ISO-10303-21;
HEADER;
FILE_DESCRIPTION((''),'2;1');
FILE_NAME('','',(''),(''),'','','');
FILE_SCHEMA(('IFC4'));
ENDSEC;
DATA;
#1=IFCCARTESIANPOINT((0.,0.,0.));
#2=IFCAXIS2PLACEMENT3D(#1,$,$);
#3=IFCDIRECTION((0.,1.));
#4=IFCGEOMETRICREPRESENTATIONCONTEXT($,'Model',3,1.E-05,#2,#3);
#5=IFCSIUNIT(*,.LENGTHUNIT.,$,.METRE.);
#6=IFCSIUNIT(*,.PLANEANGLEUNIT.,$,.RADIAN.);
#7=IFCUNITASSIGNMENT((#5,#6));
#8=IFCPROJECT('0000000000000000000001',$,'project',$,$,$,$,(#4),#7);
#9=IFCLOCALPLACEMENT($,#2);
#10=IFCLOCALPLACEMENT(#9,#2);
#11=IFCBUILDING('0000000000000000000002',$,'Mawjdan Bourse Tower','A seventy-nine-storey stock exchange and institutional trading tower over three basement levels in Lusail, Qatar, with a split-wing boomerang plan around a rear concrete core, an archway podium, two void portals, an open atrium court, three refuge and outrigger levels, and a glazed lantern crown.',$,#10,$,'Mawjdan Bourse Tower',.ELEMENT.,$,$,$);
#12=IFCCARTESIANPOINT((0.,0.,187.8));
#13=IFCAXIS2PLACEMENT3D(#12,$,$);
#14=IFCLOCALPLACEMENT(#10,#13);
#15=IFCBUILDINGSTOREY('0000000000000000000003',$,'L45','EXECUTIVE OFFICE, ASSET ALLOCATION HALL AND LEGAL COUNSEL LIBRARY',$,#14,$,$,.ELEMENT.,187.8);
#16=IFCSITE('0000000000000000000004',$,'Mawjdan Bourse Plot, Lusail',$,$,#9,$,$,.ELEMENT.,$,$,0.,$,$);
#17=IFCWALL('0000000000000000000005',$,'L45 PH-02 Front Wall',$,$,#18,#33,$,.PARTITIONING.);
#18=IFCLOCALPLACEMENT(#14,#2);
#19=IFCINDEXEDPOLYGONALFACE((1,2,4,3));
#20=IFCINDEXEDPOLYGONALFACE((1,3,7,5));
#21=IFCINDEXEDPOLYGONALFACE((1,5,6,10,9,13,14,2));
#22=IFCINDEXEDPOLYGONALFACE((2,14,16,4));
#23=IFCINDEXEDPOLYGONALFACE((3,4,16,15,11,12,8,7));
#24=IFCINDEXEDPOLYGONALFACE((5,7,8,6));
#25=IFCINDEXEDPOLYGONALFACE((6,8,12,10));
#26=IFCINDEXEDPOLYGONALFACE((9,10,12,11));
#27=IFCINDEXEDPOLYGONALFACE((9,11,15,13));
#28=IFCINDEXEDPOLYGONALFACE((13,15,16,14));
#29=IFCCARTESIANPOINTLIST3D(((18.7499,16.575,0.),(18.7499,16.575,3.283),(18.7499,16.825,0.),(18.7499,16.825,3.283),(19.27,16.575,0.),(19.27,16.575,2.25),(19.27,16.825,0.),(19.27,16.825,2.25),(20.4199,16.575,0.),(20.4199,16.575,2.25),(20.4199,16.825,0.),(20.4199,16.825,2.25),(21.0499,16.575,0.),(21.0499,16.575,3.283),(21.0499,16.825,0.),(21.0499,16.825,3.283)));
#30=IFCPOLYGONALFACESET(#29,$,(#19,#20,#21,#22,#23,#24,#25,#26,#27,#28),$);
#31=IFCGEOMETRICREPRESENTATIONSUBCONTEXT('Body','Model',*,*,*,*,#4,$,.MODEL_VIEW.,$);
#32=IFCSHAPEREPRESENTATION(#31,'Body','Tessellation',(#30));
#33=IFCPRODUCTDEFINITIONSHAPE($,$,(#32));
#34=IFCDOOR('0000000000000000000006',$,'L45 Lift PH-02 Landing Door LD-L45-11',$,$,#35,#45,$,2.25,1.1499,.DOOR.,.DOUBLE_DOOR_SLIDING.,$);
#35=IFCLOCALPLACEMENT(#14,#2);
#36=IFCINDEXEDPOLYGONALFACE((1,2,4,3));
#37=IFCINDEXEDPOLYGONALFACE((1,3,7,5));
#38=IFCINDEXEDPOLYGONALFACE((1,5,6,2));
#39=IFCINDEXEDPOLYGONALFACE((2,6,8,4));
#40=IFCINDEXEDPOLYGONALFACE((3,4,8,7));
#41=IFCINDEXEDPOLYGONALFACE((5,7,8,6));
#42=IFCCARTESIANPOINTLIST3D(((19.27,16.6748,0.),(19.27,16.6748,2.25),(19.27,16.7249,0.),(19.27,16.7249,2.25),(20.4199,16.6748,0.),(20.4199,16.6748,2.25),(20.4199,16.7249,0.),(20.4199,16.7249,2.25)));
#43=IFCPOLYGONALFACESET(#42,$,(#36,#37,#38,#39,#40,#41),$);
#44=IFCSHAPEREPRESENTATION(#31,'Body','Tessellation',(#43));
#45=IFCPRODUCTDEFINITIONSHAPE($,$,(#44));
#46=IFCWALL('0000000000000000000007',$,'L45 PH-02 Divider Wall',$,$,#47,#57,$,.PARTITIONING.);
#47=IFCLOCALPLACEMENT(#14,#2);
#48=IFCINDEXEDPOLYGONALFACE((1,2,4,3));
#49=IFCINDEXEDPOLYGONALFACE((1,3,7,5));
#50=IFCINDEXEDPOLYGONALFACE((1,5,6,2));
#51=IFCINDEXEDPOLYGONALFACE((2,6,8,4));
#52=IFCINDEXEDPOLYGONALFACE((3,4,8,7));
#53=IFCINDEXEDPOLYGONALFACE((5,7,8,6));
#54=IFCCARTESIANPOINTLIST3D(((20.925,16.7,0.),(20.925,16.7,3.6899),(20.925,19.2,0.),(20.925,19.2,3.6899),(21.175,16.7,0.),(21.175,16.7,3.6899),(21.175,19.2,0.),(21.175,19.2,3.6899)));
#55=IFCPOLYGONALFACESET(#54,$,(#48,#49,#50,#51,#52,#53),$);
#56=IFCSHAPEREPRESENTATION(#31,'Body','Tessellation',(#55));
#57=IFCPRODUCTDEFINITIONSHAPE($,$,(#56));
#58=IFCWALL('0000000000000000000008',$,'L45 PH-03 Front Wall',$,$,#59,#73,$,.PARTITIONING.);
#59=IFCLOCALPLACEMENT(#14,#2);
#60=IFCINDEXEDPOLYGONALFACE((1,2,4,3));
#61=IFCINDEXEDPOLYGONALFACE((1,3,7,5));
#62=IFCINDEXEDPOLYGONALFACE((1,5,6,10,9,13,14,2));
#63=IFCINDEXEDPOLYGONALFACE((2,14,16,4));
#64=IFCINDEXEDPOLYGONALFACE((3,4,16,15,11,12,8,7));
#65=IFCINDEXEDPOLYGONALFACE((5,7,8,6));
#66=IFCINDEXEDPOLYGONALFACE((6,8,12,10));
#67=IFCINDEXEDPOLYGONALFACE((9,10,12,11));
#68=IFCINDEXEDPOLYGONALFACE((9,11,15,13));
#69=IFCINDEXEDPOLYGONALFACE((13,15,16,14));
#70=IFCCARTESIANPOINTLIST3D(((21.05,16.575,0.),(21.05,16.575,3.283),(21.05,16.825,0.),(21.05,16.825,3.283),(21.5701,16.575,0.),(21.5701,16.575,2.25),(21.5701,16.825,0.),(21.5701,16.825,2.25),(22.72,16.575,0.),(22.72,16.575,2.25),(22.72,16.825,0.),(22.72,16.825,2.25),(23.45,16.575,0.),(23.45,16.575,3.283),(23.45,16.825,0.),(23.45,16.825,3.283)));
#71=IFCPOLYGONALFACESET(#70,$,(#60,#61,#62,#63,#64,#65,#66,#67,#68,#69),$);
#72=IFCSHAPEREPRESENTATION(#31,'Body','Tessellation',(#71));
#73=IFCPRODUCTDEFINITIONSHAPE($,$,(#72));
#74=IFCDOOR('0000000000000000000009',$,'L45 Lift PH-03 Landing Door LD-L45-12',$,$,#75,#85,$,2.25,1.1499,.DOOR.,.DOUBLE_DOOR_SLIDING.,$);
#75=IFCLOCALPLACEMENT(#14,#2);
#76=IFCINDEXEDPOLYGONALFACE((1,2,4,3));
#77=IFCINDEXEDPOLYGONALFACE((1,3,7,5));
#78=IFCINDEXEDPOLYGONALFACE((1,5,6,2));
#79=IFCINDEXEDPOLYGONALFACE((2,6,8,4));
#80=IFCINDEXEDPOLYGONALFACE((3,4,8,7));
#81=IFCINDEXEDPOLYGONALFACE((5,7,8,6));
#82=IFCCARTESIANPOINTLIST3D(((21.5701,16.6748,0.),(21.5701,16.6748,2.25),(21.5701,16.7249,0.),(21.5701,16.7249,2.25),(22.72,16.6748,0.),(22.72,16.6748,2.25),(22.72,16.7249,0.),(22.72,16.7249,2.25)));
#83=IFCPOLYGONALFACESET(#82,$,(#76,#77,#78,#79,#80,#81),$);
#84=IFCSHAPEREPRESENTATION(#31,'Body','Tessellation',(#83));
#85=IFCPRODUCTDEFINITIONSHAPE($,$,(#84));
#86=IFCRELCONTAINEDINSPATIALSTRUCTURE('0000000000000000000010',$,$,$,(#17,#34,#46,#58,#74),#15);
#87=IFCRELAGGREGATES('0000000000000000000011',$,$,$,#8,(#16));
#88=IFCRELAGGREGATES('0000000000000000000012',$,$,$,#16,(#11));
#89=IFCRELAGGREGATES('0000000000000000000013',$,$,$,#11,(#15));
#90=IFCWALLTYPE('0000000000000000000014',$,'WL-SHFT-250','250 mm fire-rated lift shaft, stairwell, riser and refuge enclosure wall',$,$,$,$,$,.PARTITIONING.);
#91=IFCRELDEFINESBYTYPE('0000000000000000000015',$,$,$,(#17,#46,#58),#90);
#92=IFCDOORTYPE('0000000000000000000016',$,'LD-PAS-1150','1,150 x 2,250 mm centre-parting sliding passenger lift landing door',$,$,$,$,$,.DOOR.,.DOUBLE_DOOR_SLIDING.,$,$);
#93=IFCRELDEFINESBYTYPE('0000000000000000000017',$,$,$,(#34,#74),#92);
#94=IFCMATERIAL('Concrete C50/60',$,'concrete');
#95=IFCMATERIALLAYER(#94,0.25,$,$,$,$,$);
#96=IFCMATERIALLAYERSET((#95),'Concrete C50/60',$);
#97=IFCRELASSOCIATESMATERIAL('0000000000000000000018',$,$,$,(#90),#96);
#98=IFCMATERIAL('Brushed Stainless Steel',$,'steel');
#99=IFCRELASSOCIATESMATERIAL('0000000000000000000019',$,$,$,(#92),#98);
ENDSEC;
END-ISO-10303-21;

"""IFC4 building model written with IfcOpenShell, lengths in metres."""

from ifc_helpers import new_model, si_unit, direction, frame, frame_2d, origin, place, context, subcontext, project, spatial, rectangle, extrude, material, layer, layer_set, type_object, element, fill, save


model = new_model("IFC4")

# Units and contexts
model_context = context("Model", 3, precision=1e-05, world=origin(), true_north=direction((0.0, 1.0)))
body_context = subcontext(model_context, "Body", "Model", "MODEL_VIEW")
ifc_project = project(units=[si_unit("LENGTHUNIT", "METRE"), si_unit("PLANEANGLEUNIT", "RADIAN")], contexts=[model_context])

# Site, building, storey
site_placement = place(None, origin())
site = spatial("IfcSite", under=ifc_project, at=site_placement, Name="Mawjdan Bourse Plot, Lusail", CompositionType="ELEMENT", RefElevation=0.0)
building_placement = place(site_placement, origin())
building = spatial("IfcBuilding", under=site, at=building_placement, Name="Mawjdan Bourse Tower", Description="A seventy-nine-storey stock exchange and institutional trading tower over three basement levels in Lusail, Qatar, with a split-wing boomerang plan around a rear concrete core, an archway podium, two void portals, an open atrium court, three refuge and outrigger levels, and a glazed lantern crown.", LongName="Mawjdan Bourse Tower", CompositionType="ELEMENT")
storey_placement = place(building_placement, frame((0.0, 0.0, 187.8)))
storey = spatial("IfcBuildingStorey", under=building, at=storey_placement, Name="L45", Description="EXECUTIVE OFFICE, ASSET ALLOCATION HALL AND LEGAL COUNSEL LIBRARY", CompositionType="ELEMENT", Elevation=187.8)

# Shared definitions
ifc_material_1 = material(Name="Concrete C50/60", Category="concrete")
ifc_layer_1 = layer(ifc_material_1, 0.25)
ifc_layer_set_1 = layer_set([ifc_layer_1], Name="Concrete C50/60")
wall_type_1 = type_object("IfcWallType", Name="WL-SHFT-250", Description="250 mm fire-rated lift shaft, stairwell, riser and refuge enclosure wall", PredefinedType="PARTITIONING", material=ifc_layer_set_1)

# Wall, opening, door
wall_1_placement = place(storey_placement, frame((18.75, 16.7, 0.0), z_axis=(0.0, 0.0, 1.0), x_axis=(1.0, 0.0, 0.0)))
wall_1 = element("IfcWall", 1, at=wall_1_placement, inside=storey, type_object=wall_type_1, Name="L45 PH-02 Front Wall", PredefinedType="PARTITIONING", context=body_context, shape_type="SweptSolid", body=[
    extrude(rectangle(XDim=2.3, YDim=0.25, at=frame_2d((1.1499, 0.0))), origin(), (0.0, 0.0, 1.0), 3.283),
])
opening_1_placement = place(wall_1_placement, frame((0.52, 0.0, 0.0)))
opening_1 = element("IfcOpeningElement", 2, at=opening_1_placement, cuts=wall_1, PredefinedType="OPENING", context=body_context, shape_type="SweptSolid", body=[
    extrude(rectangle(XDim=1.1499, YDim=2.25, at=frame_2d((0.575, 1.125))), frame((0.0, 0.135, 0.0), z_axis=(0.0, -1.0, 0.0), x_axis=(1.0, 0.0, 0.0)), (0.0, 0.0, 1.0), 0.27),
])
ifc_material_2 = material(Name="Brushed Stainless Steel", Category="steel")
door_type_1 = type_object("IfcDoorType", Name="LD-PAS-1150", Description="1,150 x 2,250 mm centre-parting sliding passenger lift landing door", OperationType="DOUBLE_DOOR_SLIDING", PredefinedType="DOOR", material=ifc_material_2)
door_1_placement = place(opening_1_placement, origin())
door_1 = element("IfcDoor", 3, at=door_1_placement, inside=storey, type_object=door_type_1, Name="L45 Lift PH-02 Landing Door LD-L45-11", OperationType="DOUBLE_DOOR_SLIDING", OverallHeight=2.25, OverallWidth=1.1499, PredefinedType="DOOR", context=body_context, shape_type="SweptSolid", body=[
    extrude(rectangle(XDim=1.1499, YDim=2.25, at=frame_2d((0.575, 1.125))), frame((0.0, 0.0249, 0.0), z_axis=(0.0, -1.0, 0.0), x_axis=(1.0, 0.0, 0.0)), (0.0, 0.0, 1.0), 0.05),
])
fill(opening_1, door_1)

# Wall
wall_2_placement = place(storey_placement, frame((21.05, 16.7, 0.0), z_axis=(0.0, 0.0, 1.0), x_axis=(0.0, 1.0, 0.0)))
element("IfcWall", 4, at=wall_2_placement, inside=storey, type_object=wall_type_1, Name="L45 PH-02 Divider Wall", PredefinedType="PARTITIONING", context=body_context, shape_type="SweptSolid", body=[
    extrude(rectangle(XDim=2.5, YDim=0.25, at=frame_2d((1.25, 0.0))), origin(), (0.0, 0.0, 1.0), 3.6899),
])

# Wall, opening, door
wall_3_placement = place(storey_placement, frame((21.05, 16.7, 0.0), z_axis=(0.0, 0.0, 1.0), x_axis=(1.0, 0.0, 0.0)))
wall_3 = element("IfcWall", 5, at=wall_3_placement, inside=storey, type_object=wall_type_1, Name="L45 PH-03 Front Wall", PredefinedType="PARTITIONING", context=body_context, shape_type="SweptSolid", body=[
    extrude(rectangle(XDim=2.3999, YDim=0.25, at=frame_2d((1.2, 0.0))), origin(), (0.0, 0.0, 1.0), 3.283),
])
opening_2_placement = place(wall_3_placement, frame((0.52, 0.0, 0.0)))
opening_2 = element("IfcOpeningElement", 6, at=opening_2_placement, cuts=wall_3, PredefinedType="OPENING", context=body_context, shape_type="SweptSolid", body=[
    extrude(rectangle(XDim=1.1499, YDim=2.25, at=frame_2d((0.575, 1.125))), frame((0.0, 0.135, 0.0), z_axis=(0.0, -1.0, 0.0), x_axis=(1.0, 0.0, 0.0)), (0.0, 0.0, 1.0), 0.27),
])
door_2_placement = place(opening_2_placement, origin())
door_2 = element("IfcDoor", 7, at=door_2_placement, inside=storey, type_object=door_type_1, Name="L45 Lift PH-03 Landing Door LD-L45-12", OperationType="DOUBLE_DOOR_SLIDING", OverallHeight=2.25, OverallWidth=1.1499, PredefinedType="DOOR", context=body_context, shape_type="SweptSolid", body=[
    extrude(rectangle(XDim=1.1499, YDim=2.25, at=frame_2d((0.575, 1.125))), frame((0.0, 0.0249, 0.0), z_axis=(0.0, -1.0, 0.0), x_axis=(1.0, 0.0, 0.0)), (0.0, 0.0, 1.0), 0.05),
])
fill(opening_2, door_2)

save(model, "model.ifc")
